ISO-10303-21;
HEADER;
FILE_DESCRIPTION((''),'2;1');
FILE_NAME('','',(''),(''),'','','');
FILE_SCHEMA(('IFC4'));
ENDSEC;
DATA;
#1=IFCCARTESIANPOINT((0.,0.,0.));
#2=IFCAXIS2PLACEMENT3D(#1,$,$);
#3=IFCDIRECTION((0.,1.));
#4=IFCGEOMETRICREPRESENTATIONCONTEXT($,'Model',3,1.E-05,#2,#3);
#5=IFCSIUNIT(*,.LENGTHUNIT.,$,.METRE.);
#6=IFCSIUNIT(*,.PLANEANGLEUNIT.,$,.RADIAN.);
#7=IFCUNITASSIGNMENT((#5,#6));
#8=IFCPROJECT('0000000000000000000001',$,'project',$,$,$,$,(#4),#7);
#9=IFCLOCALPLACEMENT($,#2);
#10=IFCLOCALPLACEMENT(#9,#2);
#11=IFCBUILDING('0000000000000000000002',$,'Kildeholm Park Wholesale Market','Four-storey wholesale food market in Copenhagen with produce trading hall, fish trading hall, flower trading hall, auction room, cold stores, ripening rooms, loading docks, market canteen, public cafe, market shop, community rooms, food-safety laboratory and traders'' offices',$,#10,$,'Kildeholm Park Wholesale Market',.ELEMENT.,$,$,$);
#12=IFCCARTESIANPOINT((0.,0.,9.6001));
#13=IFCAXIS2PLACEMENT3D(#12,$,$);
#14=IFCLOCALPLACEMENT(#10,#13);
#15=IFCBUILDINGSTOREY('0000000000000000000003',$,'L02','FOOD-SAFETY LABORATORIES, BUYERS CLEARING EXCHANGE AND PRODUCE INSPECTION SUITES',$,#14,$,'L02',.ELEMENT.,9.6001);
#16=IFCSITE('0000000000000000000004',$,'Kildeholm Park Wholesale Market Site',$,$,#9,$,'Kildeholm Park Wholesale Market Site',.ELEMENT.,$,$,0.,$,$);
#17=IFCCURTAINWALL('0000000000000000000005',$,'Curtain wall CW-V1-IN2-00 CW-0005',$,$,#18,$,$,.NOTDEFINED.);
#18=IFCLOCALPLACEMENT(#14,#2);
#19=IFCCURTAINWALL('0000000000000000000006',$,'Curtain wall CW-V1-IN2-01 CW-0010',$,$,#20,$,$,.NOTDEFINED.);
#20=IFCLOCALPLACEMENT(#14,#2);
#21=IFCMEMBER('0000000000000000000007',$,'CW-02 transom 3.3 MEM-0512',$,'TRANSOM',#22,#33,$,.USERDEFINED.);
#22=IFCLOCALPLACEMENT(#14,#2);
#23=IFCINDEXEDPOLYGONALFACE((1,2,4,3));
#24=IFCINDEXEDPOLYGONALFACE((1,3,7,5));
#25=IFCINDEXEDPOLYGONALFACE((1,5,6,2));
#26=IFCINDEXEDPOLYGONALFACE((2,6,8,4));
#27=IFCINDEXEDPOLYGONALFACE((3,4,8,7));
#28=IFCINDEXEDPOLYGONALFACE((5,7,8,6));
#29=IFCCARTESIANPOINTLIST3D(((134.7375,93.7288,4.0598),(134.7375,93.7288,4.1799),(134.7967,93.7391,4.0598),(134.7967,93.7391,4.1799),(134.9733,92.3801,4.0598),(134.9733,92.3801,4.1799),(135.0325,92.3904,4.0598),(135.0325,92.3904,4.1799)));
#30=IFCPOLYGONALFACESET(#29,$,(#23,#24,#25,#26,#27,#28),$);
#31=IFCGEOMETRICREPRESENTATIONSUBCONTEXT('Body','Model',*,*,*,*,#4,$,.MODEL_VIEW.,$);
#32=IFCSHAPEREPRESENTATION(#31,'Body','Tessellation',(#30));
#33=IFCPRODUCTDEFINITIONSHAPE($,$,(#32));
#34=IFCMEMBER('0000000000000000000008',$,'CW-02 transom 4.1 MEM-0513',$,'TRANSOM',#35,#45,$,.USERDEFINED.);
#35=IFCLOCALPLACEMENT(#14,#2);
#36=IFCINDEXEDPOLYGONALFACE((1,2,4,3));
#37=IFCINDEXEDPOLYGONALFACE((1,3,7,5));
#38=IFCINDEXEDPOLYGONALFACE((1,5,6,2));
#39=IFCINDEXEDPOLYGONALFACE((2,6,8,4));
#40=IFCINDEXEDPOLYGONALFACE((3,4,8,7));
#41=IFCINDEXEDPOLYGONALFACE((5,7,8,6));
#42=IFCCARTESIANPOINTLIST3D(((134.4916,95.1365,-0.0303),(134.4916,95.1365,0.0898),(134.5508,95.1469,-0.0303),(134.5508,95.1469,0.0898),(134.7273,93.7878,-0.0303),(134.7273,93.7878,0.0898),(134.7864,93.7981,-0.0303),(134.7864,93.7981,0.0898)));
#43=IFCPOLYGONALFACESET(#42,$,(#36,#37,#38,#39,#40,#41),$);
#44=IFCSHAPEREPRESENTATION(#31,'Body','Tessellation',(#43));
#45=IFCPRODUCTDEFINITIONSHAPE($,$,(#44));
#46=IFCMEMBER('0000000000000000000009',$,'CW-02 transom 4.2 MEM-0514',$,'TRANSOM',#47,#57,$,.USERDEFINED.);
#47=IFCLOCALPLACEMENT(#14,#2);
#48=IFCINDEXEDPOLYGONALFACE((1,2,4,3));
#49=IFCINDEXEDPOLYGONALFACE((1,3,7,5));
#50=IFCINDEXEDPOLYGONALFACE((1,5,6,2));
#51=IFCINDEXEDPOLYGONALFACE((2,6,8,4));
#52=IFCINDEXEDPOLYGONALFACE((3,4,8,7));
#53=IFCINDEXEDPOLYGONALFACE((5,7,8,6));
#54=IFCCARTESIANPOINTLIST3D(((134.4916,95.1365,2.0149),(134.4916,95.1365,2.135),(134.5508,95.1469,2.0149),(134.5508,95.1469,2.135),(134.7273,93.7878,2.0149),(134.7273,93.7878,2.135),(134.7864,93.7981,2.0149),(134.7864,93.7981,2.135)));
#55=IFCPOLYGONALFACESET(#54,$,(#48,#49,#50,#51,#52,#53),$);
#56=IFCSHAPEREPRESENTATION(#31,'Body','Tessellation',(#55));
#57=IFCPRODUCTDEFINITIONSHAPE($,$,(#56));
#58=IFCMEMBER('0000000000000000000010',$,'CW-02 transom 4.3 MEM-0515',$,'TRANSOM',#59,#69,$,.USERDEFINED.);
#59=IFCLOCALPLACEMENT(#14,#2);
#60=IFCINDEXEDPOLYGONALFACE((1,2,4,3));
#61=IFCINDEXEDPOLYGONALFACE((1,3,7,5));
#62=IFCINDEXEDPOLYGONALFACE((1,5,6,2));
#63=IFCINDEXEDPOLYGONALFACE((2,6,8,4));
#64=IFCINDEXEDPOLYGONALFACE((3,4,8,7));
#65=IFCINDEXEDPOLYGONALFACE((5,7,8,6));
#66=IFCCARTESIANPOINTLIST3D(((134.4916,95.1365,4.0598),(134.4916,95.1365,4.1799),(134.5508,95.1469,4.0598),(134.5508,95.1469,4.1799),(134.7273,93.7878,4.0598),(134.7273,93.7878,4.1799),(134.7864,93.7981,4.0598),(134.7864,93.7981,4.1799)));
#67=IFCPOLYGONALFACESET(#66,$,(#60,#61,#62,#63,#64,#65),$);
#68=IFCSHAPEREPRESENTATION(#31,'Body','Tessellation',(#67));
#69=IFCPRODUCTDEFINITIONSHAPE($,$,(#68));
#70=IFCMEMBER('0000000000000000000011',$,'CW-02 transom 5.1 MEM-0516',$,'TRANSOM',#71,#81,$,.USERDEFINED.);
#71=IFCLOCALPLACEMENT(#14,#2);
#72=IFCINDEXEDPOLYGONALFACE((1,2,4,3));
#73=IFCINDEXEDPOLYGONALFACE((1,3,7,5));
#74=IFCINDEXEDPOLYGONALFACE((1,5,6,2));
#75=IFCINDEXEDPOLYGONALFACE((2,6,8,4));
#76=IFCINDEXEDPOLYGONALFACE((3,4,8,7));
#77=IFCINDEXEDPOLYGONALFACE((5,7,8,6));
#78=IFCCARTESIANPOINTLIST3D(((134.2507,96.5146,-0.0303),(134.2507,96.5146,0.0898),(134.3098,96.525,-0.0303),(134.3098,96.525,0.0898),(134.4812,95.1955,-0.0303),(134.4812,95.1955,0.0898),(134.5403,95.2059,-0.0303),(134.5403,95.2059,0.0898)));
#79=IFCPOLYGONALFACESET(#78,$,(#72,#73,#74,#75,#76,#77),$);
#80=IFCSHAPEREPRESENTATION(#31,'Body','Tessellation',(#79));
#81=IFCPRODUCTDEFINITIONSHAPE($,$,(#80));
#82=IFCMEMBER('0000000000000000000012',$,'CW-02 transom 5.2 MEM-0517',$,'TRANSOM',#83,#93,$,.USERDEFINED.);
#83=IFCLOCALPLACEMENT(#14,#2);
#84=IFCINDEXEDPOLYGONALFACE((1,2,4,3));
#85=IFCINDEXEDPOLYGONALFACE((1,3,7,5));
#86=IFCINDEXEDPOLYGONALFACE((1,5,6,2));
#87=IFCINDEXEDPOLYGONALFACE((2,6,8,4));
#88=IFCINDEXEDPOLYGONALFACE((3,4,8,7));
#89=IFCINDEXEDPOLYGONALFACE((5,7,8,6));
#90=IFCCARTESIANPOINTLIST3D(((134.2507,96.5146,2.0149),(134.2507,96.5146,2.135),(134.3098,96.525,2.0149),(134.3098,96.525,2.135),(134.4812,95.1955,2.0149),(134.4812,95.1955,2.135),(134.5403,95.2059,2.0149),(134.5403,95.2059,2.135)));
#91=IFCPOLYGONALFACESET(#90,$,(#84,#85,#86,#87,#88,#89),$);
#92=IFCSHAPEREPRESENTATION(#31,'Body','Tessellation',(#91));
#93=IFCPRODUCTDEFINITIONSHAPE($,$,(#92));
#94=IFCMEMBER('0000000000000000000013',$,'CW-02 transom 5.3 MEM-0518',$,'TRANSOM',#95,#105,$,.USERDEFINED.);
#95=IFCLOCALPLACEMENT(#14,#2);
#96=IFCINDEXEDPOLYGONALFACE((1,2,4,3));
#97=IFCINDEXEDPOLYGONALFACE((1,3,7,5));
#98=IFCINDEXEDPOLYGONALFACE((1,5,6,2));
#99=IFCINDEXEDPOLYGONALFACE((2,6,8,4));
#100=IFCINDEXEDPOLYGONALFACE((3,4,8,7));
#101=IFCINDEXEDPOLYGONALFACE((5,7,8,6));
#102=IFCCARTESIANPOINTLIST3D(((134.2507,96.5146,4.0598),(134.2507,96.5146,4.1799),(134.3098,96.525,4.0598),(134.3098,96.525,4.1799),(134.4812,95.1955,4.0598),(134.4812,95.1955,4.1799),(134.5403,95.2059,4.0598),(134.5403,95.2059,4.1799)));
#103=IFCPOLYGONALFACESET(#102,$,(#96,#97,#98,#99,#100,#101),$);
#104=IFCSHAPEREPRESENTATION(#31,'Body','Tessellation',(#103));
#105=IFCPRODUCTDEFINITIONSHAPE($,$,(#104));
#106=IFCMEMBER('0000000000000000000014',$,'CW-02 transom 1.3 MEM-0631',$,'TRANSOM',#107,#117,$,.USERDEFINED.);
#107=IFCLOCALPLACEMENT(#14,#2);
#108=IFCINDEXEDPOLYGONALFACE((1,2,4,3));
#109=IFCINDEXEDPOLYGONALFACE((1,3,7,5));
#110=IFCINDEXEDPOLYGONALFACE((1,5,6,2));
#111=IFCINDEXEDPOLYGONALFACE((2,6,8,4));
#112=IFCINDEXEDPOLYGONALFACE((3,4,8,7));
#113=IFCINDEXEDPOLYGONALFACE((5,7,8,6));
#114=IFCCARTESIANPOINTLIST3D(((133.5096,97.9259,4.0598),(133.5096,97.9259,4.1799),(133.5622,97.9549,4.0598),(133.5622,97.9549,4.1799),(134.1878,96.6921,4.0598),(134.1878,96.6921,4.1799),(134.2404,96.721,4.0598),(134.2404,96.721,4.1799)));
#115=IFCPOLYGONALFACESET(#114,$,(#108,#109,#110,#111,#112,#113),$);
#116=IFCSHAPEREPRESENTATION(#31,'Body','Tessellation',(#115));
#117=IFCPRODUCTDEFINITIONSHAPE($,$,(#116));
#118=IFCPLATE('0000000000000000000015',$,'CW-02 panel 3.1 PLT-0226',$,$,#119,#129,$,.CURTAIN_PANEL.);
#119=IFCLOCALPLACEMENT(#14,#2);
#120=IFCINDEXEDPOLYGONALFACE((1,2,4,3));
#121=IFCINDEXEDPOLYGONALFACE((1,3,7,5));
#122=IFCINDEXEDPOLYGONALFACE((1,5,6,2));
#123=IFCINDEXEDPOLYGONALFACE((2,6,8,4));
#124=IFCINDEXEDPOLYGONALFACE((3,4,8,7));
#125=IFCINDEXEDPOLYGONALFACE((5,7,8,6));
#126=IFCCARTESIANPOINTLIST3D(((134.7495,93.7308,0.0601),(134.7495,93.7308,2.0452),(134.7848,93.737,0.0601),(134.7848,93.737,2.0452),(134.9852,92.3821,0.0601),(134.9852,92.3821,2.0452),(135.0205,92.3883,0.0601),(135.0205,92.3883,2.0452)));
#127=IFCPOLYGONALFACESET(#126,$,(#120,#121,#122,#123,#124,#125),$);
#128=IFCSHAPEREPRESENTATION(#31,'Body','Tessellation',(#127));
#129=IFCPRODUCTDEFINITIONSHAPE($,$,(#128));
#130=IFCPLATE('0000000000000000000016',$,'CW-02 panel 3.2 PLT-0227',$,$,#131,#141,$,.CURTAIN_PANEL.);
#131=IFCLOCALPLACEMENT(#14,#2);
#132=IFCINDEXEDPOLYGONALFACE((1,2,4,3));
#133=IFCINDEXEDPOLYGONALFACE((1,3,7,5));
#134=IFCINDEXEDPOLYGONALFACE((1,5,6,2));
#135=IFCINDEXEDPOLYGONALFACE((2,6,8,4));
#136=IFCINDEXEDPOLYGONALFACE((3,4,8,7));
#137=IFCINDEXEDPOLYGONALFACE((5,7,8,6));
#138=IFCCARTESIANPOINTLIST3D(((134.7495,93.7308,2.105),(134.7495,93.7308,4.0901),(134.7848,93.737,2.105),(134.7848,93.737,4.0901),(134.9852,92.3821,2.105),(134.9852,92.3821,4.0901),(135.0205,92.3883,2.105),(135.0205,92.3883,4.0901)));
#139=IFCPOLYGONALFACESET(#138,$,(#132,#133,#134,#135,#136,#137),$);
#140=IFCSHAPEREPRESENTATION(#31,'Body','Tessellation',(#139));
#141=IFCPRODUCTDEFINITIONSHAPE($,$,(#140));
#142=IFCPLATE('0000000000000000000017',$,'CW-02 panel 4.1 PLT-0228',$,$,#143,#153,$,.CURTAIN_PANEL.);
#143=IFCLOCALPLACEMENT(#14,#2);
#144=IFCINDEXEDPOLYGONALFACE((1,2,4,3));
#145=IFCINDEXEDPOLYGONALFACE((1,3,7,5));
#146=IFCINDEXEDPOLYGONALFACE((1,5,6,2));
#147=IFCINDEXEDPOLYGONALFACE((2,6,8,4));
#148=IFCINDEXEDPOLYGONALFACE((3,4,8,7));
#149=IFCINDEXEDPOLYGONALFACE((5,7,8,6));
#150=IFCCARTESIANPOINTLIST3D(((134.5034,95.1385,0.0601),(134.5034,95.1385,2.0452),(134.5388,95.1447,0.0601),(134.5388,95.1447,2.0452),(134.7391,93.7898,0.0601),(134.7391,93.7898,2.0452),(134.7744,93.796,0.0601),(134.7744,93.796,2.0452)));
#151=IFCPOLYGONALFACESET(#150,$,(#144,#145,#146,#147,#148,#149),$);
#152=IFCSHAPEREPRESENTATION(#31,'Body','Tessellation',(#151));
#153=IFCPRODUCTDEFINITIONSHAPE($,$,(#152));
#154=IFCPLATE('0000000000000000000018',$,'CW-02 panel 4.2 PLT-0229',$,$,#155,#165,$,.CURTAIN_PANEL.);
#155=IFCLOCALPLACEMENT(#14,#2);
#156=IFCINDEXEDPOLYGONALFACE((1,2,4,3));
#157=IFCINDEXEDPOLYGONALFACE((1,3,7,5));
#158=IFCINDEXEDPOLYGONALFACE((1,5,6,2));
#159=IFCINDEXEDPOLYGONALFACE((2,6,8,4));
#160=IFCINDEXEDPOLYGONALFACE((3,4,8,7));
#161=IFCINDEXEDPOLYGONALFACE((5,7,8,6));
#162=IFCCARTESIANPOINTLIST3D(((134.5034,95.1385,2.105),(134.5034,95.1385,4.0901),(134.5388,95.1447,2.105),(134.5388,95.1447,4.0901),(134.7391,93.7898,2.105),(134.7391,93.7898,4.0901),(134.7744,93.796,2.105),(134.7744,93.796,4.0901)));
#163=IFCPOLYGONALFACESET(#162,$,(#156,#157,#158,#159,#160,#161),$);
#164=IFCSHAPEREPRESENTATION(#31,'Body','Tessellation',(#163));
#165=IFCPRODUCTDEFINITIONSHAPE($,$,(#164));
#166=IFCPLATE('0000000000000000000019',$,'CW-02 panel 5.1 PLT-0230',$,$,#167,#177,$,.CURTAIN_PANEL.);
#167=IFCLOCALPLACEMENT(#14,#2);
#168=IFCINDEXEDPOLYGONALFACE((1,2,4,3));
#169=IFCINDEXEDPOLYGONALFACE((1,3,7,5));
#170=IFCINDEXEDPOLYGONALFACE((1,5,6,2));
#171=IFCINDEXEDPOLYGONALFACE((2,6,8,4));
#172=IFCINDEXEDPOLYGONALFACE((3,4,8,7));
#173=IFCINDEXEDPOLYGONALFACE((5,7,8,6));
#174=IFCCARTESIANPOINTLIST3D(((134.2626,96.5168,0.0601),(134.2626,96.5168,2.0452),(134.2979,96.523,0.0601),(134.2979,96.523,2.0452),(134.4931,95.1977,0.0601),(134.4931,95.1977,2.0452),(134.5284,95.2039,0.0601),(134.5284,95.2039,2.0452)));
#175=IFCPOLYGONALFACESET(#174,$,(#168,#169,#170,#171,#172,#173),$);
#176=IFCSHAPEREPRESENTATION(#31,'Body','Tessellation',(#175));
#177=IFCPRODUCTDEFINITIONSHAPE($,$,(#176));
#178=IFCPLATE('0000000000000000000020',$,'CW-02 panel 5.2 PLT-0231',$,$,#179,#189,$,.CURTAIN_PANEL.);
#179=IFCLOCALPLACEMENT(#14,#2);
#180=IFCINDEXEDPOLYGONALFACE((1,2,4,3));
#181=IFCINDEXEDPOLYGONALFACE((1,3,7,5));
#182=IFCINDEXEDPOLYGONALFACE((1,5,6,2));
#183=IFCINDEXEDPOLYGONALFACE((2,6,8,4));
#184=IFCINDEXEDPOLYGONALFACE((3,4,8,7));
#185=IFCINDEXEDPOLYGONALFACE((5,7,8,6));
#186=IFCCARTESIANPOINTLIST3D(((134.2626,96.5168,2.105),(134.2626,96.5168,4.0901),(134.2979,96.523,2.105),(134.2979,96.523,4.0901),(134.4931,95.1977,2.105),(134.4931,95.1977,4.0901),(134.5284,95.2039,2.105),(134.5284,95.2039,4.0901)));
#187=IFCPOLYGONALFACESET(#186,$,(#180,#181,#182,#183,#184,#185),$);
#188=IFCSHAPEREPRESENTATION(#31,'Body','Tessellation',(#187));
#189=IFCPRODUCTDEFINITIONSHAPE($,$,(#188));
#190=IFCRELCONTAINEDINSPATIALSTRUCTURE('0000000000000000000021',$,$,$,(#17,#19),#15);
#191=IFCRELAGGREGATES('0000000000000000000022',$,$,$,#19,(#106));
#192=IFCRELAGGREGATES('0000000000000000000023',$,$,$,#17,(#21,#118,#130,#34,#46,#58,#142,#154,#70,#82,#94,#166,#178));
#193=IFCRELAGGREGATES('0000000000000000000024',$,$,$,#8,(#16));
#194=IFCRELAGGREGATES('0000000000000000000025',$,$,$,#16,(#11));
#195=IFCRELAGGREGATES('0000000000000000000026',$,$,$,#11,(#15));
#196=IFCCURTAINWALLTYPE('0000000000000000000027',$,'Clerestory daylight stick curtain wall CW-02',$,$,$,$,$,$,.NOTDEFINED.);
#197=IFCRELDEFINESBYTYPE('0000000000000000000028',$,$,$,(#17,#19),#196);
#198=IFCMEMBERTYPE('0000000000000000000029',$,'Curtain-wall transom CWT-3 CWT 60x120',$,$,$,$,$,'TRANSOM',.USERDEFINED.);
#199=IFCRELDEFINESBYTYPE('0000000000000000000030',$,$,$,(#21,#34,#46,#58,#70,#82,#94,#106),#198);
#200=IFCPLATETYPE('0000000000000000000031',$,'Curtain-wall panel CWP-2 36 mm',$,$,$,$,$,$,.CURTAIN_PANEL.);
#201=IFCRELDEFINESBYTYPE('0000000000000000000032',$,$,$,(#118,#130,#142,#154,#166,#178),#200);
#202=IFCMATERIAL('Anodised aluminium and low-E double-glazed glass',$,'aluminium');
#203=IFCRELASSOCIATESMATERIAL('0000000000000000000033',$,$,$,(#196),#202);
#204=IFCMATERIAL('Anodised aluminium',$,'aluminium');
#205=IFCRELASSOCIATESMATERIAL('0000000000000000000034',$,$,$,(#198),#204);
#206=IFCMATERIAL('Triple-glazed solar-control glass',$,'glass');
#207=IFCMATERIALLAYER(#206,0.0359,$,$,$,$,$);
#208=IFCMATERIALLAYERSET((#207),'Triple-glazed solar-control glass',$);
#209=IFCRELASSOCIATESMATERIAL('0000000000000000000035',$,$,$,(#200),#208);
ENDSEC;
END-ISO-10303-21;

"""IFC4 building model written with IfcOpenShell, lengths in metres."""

from ifc_helpers import new_model, si_unit, direction, frame, origin, origin_2d, place, context, subcontext, project, spatial, rectangle, extrude, material, layer, layer_set, material_profile, profile_set, type_object, element, aggregate, save


model = new_model("IFC4")

# Units and contexts
model_context = context("Model", 3, precision=1e-05, world=origin(), true_north=direction((0.0, 1.0)))
body_context = subcontext(model_context, "Body", "Model", "MODEL_VIEW")
ifc_project = project(units=[si_unit("LENGTHUNIT", "METRE"), si_unit("PLANEANGLEUNIT", "RADIAN")], contexts=[model_context])

# Site, building, storey
site_placement = place(None, origin())
site = spatial("IfcSite", under=ifc_project, at=site_placement, Name="Kildeholm Park Wholesale Market Site", LongName="Kildeholm Park Wholesale Market Site", CompositionType="ELEMENT", RefElevation=0.0)
building_placement = place(site_placement, origin())
building = spatial("IfcBuilding", under=site, at=building_placement, Name="Kildeholm Park Wholesale Market", Description="Four-storey wholesale food market in Copenhagen with produce trading hall, fish trading hall, flower trading hall, auction room, cold stores, ripening rooms, loading docks, market canteen, public cafe, market shop, community rooms, food-safety laboratory and traders' offices", LongName="Kildeholm Park Wholesale Market", CompositionType="ELEMENT")
storey_placement = place(building_placement, frame((0.0, 0.0, 9.6001)))
storey = spatial("IfcBuildingStorey", under=building, at=storey_placement, Name="L02", Description="FOOD-SAFETY LABORATORIES, BUYERS CLEARING EXCHANGE AND PRODUCE INSPECTION SUITES", LongName="L02", CompositionType="ELEMENT", Elevation=9.6001)

# Curtain wall
ifc_material_1 = material(Name="Anodised aluminium and low-E double-glazed glass", Category="aluminium")
curtain_wall_type = type_object("IfcCurtainWallType", Name="Clerestory daylight stick curtain wall CW-02", PredefinedType="NOTDEFINED", material=ifc_material_1)
curtain_wall_1_placement = place(storey_placement, origin())
curtain_wall_1 = element("IfcCurtainWall", 1, at=curtain_wall_1_placement, inside=storey, type_object=curtain_wall_type, Name="Curtain wall CW-V1-IN2-00 CW-0005", PredefinedType="NOTDEFINED")
ifc_material_2 = material(Name="Anodised aluminium", Category="aluminium")

# Curtain wall
curtain_wall_2_placement = place(storey_placement, origin())
curtain_wall_2 = element("IfcCurtainWall", 2, at=curtain_wall_2_placement, inside=storey, type_object=curtain_wall_type, Name="Curtain wall CW-V1-IN2-01 CW-0010", PredefinedType="NOTDEFINED")

# Members
ifc_material_profile_1 = material_profile(ifc_material_2, rectangle(XDim=0.0601, YDim=0.1201, at=origin_2d()), Name="CWT 60x120")
ifc_profile_set_1 = profile_set([ifc_material_profile_1], Name="Anodised aluminium")
member_type_1 = type_object("IfcMemberType", Name="Curtain-wall transom CWT-3 CWT 60x120", ElementType="TRANSOM", PredefinedType="USERDEFINED", material=ifc_profile_set_1)
member_1_placement = place(storey_placement, frame((135.0029, 92.3853, 4.1199), z_axis=(-0.172259, 0.985052, 0.0), x_axis=(-0.985052, -0.172259, 0.0)))
member_1 = element("IfcMember", 3, at=member_1_placement, type_object=member_type_1, Name="CW-02 transom 3.3 MEM-0512", ObjectType="TRANSOM", PredefinedType="USERDEFINED", context=body_context, shape_type="SweptSolid", body=[
    extrude(rectangle(XDim=0.0601, YDim=0.1201, at=origin_2d()), origin(), (0.0, 0.0, 1.0), 1.3691),
])
member_2_placement = place(storey_placement, frame((134.7568, 93.793, 0.0298), z_axis=(-0.172086, 0.985082, 0.0), x_axis=(-0.985082, -0.172086, 0.0)))
member_2 = element("IfcMember", 4, at=member_2_placement, type_object=member_type_1, Name="CW-02 transom 4.1 MEM-0513", ObjectType="TRANSOM", PredefinedType="USERDEFINED", context=body_context, shape_type="SweptSolid", body=[
    extrude(rectangle(XDim=0.0601, YDim=0.1201, at=origin_2d()), origin(), (0.0, 0.0, 1.0), 1.3691),
])
member_3_placement = place(storey_placement, frame((134.7568, 93.793, 2.075), z_axis=(-0.172086, 0.985082, 0.0), x_axis=(-0.985082, -0.172086, 0.0)))
member_3 = element("IfcMember", 5, at=member_3_placement, type_object=member_type_1, Name="CW-02 transom 4.2 MEM-0514", ObjectType="TRANSOM", PredefinedType="USERDEFINED", context=body_context, shape_type="SweptSolid", body=[
    extrude(rectangle(XDim=0.0601, YDim=0.1201, at=origin_2d()), origin(), (0.0, 0.0, 1.0), 1.3691),
])
member_4_placement = place(storey_placement, frame((134.7568, 93.793, 4.1199), z_axis=(-0.172086, 0.985082, 0.0), x_axis=(-0.985082, -0.172086, 0.0)))
member_4 = element("IfcMember", 6, at=member_4_placement, type_object=member_type_1, Name="CW-02 transom 4.3 MEM-0515", ObjectType="TRANSOM", PredefinedType="USERDEFINED", context=body_context, shape_type="SweptSolid", body=[
    extrude(rectangle(XDim=0.0601, YDim=0.1201, at=origin_2d()), origin(), (0.0, 0.0, 1.0), 1.3691),
])
member_5_placement = place(storey_placement, frame((134.5107, 95.2007, 0.0298), z_axis=(-0.172111, 0.985078, 0.0), x_axis=(-0.985078, -0.172111, 0.0)))
member_5 = element("IfcMember", 7, at=member_5_placement, type_object=member_type_1, Name="CW-02 transom 5.1 MEM-0516", ObjectType="TRANSOM", PredefinedType="USERDEFINED", context=body_context, shape_type="SweptSolid", body=[
    extrude(rectangle(XDim=0.0601, YDim=0.1201, at=origin_2d()), origin(), (0.0, 0.0, 1.0), 1.3391),
])
member_6_placement = place(storey_placement, frame((134.5107, 95.2007, 2.075), z_axis=(-0.172111, 0.985078, 0.0), x_axis=(-0.985078, -0.172111, 0.0)))
member_6 = element("IfcMember", 8, at=member_6_placement, type_object=member_type_1, Name="CW-02 transom 5.2 MEM-0517", ObjectType="TRANSOM", PredefinedType="USERDEFINED", context=body_context, shape_type="SweptSolid", body=[
    extrude(rectangle(XDim=0.0601, YDim=0.1201, at=origin_2d()), origin(), (0.0, 0.0, 1.0), 1.3391),
])
member_7_placement = place(storey_placement, frame((134.5107, 95.2007, 4.1199), z_axis=(-0.172111, 0.985078, 0.0), x_axis=(-0.985078, -0.172111, 0.0)))
member_7 = element("IfcMember", 9, at=member_7_placement, type_object=member_type_1, Name="CW-02 transom 5.3 MEM-0518", ObjectType="TRANSOM", PredefinedType="USERDEFINED", context=body_context, shape_type="SweptSolid", body=[
    extrude(rectangle(XDim=0.0601, YDim=0.1201, at=origin_2d()), origin(), (0.0, 0.0, 1.0), 1.3391),
])
member_8_placement = place(storey_placement, frame((134.2141, 96.7065, 4.1199), z_axis=(-0.481692, 0.87634, 0.0), x_axis=(-0.87634, -0.481692, 0.0)))
member_8 = element("IfcMember", 10, at=member_8_placement, type_object=member_type_1, Name="CW-02 transom 1.3 MEM-0631", ObjectType="TRANSOM", PredefinedType="USERDEFINED", context=body_context, shape_type="SweptSolid", body=[
    extrude(rectangle(XDim=0.0601, YDim=0.1201, at=origin_2d()), origin(), (0.0, 0.0, 1.0), 1.408),
])
aggregate(curtain_wall_2, [member_8])

# Plates
ifc_material_3 = material(Name="Triple-glazed solar-control glass", Category="glass")
ifc_layer_1 = layer(ifc_material_3, 0.0359)
ifc_layer_set_1 = layer_set([ifc_layer_1], Name="Triple-glazed solar-control glass")
plate_type_1 = type_object("IfcPlateType", Name="Curtain-wall panel CWP-2 36 mm", PredefinedType="CURTAIN_PANEL", material=ifc_layer_set_1)
plate_1_placement = place(storey_placement, frame((134.885, 93.0596, 0.0601), z_axis=(0.0, 0.0, 1.0), x_axis=(-0.172133, 0.985074, 0.0)))
plate_1 = element("IfcPlate", 11, at=plate_1_placement, type_object=plate_type_1, Name="CW-02 panel 3.1 PLT-0226", PredefinedType="CURTAIN_PANEL", context=body_context, shape_type="SweptSolid", body=[
    extrude(rectangle(XDim=1.3691, YDim=0.0359, at=origin_2d()), origin(), (0.0, 0.0, 1.0), 1.9851),
])
plate_2_placement = place(storey_placement, frame((134.885, 93.0596, 2.105), z_axis=(0.0, 0.0, 1.0), x_axis=(-0.172133, 0.985074, 0.0)))
plate_2 = element("IfcPlate", 12, at=plate_2_placement, type_object=plate_type_1, Name="CW-02 panel 3.2 PLT-0227", PredefinedType="CURTAIN_PANEL", context=body_context, shape_type="SweptSolid", body=[
    extrude(rectangle(XDim=1.3691, YDim=0.0359, at=origin_2d()), origin(), (0.0, 0.0, 1.0), 1.9851),
])
plate_3_placement = place(storey_placement, frame((134.6389, 94.4673, 0.0601), z_axis=(0.0, 0.0, 1.0), x_axis=(-0.172133, 0.985074, 0.0)))
plate_3 = element("IfcPlate", 13, at=plate_3_placement, type_object=plate_type_1, Name="CW-02 panel 4.1 PLT-0228", PredefinedType="CURTAIN_PANEL", context=body_context, shape_type="SweptSolid", body=[
    extrude(rectangle(XDim=1.3691, YDim=0.0359, at=origin_2d()), origin(), (0.0, 0.0, 1.0), 1.9851),
])
plate_4_placement = place(storey_placement, frame((134.6389, 94.4673, 2.105), z_axis=(0.0, 0.0, 1.0), x_axis=(-0.172133, 0.985074, 0.0)))
plate_4 = element("IfcPlate", 14, at=plate_4_placement, type_object=plate_type_1, Name="CW-02 panel 4.2 PLT-0229", PredefinedType="CURTAIN_PANEL", context=body_context, shape_type="SweptSolid", body=[
    extrude(rectangle(XDim=1.3691, YDim=0.0359, at=origin_2d()), origin(), (0.0, 0.0, 1.0), 1.9851),
])
plate_5_placement = place(storey_placement, frame((134.3955, 95.8604, 0.0601), z_axis=(0.0, 0.0, 1.0), x_axis=(-0.172133, 0.985074, 0.0)))
plate_5 = element("IfcPlate", 15, at=plate_5_placement, type_object=plate_type_1, Name="CW-02 panel 5.1 PLT-0230", PredefinedType="CURTAIN_PANEL", context=body_context, shape_type="SweptSolid", body=[
    extrude(rectangle(XDim=1.3391, YDim=0.0359, at=origin_2d()), origin(), (0.0, 0.0, 1.0), 1.9851),
])
plate_6_placement = place(storey_placement, frame((134.3955, 95.8604, 2.105), z_axis=(0.0, 0.0, 1.0), x_axis=(-0.172133, 0.985074, 0.0)))
plate_6 = element("IfcPlate", 16, at=plate_6_placement, type_object=plate_type_1, Name="CW-02 panel 5.2 PLT-0231", PredefinedType="CURTAIN_PANEL", context=body_context, shape_type="SweptSolid", body=[
    extrude(rectangle(XDim=1.3391, YDim=0.0359, at=origin_2d()), origin(), (0.0, 0.0, 1.0), 1.9851),
])
aggregate(curtain_wall_1, [member_1, plate_1, plate_2, member_2, member_3, member_4, plate_3, plate_4, member_5, member_6, member_7, plate_5, plate_6])

save(model, "model.ifc")
